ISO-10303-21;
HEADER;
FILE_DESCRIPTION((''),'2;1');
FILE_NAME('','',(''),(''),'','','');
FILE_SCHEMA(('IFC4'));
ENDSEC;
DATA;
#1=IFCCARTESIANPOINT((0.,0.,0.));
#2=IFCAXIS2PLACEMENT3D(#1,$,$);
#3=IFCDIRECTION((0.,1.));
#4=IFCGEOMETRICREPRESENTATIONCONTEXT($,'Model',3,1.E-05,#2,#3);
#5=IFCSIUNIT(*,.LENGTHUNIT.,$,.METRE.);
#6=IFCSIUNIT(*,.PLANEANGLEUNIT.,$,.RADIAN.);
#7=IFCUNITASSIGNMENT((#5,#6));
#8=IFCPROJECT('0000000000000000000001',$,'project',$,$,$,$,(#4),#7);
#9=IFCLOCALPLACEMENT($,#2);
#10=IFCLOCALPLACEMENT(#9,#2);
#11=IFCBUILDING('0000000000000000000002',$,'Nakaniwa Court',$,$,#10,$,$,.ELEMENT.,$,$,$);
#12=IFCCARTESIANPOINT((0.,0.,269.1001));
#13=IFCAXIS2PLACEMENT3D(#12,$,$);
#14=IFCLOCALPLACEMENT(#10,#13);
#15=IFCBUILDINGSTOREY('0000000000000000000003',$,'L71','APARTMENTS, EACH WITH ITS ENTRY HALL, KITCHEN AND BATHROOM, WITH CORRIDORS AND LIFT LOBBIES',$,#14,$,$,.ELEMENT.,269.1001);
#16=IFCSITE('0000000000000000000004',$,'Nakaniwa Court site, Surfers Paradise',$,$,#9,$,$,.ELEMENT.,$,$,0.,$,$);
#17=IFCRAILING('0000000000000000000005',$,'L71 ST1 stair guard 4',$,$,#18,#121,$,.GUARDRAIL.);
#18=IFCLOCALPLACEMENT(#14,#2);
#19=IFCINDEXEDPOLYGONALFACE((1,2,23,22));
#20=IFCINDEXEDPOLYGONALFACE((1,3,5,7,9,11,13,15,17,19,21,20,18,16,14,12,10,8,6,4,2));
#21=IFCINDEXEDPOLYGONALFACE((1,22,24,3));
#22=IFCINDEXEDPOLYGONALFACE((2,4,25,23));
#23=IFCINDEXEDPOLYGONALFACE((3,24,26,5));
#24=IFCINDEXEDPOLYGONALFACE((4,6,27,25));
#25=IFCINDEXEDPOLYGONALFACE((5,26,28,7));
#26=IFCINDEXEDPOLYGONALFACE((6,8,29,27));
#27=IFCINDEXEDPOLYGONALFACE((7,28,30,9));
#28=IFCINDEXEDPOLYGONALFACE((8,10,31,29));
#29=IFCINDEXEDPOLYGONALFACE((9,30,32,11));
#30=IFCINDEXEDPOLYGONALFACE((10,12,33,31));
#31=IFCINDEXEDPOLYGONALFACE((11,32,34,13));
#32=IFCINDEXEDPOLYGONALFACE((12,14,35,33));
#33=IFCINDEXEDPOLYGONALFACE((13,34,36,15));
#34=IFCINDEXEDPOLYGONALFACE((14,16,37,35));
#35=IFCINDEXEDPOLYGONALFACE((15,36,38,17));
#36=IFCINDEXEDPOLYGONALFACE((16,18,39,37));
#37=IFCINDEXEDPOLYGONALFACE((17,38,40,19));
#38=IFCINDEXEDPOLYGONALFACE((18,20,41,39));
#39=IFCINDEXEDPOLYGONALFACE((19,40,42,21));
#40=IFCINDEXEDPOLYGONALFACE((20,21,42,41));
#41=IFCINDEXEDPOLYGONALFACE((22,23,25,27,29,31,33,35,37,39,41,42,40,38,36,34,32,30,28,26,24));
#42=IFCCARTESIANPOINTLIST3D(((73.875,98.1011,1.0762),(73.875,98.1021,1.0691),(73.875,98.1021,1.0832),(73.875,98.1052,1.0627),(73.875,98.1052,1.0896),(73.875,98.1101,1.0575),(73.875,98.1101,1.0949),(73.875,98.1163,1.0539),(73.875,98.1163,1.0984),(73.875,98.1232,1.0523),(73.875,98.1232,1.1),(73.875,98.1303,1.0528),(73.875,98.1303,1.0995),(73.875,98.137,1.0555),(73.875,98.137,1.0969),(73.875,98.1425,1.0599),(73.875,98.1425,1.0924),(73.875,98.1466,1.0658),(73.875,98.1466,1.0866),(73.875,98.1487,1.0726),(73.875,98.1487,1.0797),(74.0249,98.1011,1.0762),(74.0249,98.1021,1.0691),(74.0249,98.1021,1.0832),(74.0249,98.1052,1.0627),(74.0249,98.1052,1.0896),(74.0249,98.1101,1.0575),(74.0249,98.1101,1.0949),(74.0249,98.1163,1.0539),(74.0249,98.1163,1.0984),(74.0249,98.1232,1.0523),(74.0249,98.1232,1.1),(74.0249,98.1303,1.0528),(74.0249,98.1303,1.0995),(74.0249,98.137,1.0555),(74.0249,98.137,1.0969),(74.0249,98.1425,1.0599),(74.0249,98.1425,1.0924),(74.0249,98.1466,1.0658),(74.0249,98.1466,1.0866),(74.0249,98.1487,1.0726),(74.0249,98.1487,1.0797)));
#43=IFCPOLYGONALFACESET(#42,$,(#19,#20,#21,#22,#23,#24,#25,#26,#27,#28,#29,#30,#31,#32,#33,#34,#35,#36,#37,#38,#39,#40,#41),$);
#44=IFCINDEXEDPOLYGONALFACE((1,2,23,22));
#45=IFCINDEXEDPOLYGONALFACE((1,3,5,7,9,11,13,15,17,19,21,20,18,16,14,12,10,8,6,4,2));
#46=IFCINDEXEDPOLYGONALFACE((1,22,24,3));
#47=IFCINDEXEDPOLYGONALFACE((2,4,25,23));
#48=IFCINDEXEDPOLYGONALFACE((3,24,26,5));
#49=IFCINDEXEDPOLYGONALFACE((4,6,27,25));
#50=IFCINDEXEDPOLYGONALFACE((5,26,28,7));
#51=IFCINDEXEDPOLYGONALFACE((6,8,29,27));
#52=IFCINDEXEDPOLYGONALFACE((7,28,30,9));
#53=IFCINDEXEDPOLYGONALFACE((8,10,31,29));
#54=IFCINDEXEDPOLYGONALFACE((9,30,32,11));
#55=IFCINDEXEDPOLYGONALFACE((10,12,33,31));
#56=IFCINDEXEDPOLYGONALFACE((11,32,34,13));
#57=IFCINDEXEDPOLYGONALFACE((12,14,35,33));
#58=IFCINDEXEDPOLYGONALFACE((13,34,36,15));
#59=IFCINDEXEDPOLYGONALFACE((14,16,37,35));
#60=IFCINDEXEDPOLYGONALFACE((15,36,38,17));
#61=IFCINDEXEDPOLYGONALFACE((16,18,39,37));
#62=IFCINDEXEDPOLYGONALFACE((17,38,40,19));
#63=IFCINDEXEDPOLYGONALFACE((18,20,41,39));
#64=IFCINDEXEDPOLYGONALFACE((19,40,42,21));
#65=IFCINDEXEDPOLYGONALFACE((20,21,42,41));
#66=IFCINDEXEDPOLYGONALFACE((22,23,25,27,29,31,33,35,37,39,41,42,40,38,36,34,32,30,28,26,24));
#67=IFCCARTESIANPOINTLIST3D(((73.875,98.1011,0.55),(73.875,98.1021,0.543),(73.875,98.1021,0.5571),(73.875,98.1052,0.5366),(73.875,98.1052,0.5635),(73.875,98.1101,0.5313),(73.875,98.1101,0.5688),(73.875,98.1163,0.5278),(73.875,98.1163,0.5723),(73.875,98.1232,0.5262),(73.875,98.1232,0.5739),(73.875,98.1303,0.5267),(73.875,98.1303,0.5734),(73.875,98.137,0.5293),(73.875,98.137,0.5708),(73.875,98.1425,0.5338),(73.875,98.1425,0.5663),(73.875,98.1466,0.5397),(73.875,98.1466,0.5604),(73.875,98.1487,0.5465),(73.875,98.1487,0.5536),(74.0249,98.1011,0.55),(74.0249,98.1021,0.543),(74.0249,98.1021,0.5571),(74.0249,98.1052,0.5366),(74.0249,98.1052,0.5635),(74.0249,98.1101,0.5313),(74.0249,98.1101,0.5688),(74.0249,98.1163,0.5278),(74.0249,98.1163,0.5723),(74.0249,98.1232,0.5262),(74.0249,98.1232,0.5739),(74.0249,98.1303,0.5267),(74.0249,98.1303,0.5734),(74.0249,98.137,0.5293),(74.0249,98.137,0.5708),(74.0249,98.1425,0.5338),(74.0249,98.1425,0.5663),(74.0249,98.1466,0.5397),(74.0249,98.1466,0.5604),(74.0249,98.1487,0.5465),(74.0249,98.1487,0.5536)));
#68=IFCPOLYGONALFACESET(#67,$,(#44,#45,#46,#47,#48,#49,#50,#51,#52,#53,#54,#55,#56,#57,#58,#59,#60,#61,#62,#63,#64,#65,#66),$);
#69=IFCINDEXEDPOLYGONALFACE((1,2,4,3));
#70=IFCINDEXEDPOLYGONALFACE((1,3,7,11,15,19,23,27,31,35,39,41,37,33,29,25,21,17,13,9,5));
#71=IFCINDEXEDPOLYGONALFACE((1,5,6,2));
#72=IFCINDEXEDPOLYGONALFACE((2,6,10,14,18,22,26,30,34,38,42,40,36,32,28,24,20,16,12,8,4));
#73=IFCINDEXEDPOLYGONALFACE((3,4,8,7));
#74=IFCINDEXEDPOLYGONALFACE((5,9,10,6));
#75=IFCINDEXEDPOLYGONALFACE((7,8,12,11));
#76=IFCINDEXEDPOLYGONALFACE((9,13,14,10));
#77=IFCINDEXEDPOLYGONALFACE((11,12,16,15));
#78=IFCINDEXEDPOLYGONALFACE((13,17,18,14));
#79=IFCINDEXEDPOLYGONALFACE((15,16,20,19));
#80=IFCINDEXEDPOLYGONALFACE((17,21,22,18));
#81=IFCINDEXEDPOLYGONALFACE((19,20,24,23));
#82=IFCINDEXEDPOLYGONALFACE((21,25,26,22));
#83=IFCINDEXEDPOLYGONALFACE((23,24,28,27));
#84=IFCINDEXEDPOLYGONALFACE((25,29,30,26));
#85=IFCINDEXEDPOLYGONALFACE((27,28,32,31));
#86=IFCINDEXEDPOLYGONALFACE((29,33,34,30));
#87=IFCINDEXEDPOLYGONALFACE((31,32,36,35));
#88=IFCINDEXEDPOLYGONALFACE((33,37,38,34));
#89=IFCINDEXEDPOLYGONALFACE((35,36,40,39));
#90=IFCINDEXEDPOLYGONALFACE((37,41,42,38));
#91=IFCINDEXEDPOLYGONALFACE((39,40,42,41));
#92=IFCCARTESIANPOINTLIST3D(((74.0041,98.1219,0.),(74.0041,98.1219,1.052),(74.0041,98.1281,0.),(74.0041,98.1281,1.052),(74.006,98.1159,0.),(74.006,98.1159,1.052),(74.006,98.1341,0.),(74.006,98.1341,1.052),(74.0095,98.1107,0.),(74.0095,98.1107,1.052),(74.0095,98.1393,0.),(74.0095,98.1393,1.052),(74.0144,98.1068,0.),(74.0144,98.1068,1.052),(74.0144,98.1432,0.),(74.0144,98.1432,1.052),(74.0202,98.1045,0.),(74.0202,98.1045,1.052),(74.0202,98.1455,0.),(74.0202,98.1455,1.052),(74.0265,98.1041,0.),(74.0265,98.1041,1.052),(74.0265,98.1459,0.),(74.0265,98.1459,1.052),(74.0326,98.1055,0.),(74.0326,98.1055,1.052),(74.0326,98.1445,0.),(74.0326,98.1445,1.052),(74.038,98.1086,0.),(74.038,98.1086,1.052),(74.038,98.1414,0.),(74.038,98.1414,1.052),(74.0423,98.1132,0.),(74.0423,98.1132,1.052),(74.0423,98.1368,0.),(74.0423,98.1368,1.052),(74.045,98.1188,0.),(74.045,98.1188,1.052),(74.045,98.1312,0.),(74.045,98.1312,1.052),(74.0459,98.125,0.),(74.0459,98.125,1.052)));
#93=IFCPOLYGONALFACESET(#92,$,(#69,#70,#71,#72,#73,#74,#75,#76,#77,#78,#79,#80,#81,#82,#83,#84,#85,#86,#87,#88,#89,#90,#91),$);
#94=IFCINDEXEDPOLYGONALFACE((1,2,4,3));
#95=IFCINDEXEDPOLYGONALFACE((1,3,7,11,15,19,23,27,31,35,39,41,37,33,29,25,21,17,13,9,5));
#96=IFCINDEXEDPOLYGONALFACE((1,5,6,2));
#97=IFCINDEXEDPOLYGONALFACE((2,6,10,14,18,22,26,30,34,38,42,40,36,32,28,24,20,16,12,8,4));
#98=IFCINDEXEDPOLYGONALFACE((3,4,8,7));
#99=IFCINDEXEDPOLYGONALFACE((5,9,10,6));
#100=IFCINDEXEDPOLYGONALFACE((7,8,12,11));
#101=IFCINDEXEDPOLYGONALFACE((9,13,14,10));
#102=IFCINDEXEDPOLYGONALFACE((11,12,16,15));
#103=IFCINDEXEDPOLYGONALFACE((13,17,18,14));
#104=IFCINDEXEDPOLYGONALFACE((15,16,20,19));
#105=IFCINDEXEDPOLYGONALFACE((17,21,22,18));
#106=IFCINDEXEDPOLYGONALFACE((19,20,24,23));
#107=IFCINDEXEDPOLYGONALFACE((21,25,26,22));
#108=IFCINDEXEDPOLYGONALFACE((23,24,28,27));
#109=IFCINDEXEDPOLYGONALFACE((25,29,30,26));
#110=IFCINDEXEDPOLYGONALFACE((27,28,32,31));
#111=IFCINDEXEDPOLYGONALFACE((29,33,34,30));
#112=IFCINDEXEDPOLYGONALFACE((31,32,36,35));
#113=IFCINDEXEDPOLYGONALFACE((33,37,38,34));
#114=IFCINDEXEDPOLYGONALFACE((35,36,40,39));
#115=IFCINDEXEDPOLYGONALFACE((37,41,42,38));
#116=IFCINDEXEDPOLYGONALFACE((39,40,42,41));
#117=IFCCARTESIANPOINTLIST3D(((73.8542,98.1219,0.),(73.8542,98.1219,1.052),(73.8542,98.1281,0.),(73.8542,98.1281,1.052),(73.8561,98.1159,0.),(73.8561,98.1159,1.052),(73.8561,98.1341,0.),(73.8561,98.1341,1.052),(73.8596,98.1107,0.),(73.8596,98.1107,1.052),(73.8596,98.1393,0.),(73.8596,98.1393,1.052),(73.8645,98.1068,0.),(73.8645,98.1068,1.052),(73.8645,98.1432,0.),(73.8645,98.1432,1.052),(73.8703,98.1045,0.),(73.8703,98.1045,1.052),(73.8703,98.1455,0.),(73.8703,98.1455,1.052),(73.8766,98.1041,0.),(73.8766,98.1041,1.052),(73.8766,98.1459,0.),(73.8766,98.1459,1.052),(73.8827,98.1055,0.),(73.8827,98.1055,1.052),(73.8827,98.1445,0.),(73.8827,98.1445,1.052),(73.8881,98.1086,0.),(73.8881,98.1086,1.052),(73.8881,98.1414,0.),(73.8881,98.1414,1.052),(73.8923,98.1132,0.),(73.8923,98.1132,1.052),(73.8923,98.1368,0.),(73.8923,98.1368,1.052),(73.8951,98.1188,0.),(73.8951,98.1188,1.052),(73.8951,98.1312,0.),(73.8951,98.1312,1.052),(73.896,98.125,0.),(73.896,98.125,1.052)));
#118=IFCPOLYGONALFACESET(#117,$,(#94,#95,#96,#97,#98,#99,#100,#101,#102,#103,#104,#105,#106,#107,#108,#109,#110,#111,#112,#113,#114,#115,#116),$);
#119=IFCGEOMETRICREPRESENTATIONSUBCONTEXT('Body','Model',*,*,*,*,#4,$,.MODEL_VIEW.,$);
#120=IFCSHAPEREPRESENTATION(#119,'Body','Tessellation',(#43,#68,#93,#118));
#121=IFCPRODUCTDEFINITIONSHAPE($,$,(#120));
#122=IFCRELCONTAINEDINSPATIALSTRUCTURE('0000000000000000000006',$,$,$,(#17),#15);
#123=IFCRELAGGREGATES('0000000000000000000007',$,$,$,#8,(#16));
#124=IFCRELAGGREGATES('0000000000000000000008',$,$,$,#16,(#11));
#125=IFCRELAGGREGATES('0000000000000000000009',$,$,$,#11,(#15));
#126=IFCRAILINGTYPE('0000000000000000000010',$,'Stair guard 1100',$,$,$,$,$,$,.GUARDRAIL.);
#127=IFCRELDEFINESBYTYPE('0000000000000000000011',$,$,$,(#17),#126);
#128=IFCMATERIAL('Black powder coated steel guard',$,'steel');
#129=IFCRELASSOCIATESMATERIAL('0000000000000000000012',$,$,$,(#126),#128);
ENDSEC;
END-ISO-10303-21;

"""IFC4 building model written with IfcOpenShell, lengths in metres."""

from ifc_helpers import new_model, si_unit, direction, frame, origin, origin_2d, place, context, subcontext, project, spatial, circle, extrude, material, type_object, element, save


model = new_model("IFC4")

# Units and contexts
model_context = context("Model", 3, precision=1e-05, world=origin(), true_north=direction((0.0, 1.0)))
body_context = subcontext(model_context, "Body", "Model", "MODEL_VIEW")
ifc_project = project(units=[si_unit("LENGTHUNIT", "METRE"), si_unit("PLANEANGLEUNIT", "RADIAN")], contexts=[model_context])

# Site, building, storey
site_placement = place(None, origin())
site = spatial("IfcSite", under=ifc_project, at=site_placement, Name="Nakaniwa Court site, Surfers Paradise", CompositionType="ELEMENT", RefElevation=0.0)
building_placement = place(site_placement, origin())
building = spatial("IfcBuilding", under=site, at=building_placement, Name="Nakaniwa Court", CompositionType="ELEMENT")
storey_placement = place(building_placement, frame((0.0, 0.0, 269.1001)))
storey = spatial("IfcBuildingStorey", under=building, at=storey_placement, Name="L71", Description="APARTMENTS, EACH WITH ITS ENTRY HALL, KITCHEN AND BATHROOM, WITH CORRIDORS AND LIFT LOBBIES", CompositionType="ELEMENT", Elevation=269.1001)

# Railing
ifc_material_1 = material(Name="Black powder coated steel guard", Category="steel")
railing_type_1 = type_object("IfcRailingType", Name="Stair guard 1100", PredefinedType="GUARDRAIL", material=ifc_material_1)
railing_1_placement = place(storey_placement, frame((74.0249, 98.125, 0.0)))
element("IfcRailing", 1, at=railing_1_placement, inside=storey, type_object=railing_type_1, Name="L71 ST1 stair guard 4", PredefinedType="GUARDRAIL", context=body_context, shape_type="SweptSolid", body=[
    extrude(circle(Radius=0.0239, at=origin_2d()), frame((0.0, 0.0, 1.0762), z_axis=(-1.0, 0.0, 0.0), x_axis=(0.0, -1.0, 0.0)), (0.0, 0.0, 1.0), 0.1499),
    extrude(circle(Radius=0.0239, at=origin_2d()), frame((0.0, 0.0, 0.55), z_axis=(-1.0, 0.0, 0.0), x_axis=(0.0, -1.0, 0.0)), (0.0, 0.0, 1.0), 0.1499),
    extrude(circle(Radius=0.021, at=origin_2d()), origin(), (0.0, 0.0, 1.0), 1.052),
    extrude(circle(Radius=0.021, at=origin_2d()), frame((-0.1499, 0.0, 0.0)), (0.0, 0.0, 1.0), 1.052),
])

save(model, "model.ifc")
